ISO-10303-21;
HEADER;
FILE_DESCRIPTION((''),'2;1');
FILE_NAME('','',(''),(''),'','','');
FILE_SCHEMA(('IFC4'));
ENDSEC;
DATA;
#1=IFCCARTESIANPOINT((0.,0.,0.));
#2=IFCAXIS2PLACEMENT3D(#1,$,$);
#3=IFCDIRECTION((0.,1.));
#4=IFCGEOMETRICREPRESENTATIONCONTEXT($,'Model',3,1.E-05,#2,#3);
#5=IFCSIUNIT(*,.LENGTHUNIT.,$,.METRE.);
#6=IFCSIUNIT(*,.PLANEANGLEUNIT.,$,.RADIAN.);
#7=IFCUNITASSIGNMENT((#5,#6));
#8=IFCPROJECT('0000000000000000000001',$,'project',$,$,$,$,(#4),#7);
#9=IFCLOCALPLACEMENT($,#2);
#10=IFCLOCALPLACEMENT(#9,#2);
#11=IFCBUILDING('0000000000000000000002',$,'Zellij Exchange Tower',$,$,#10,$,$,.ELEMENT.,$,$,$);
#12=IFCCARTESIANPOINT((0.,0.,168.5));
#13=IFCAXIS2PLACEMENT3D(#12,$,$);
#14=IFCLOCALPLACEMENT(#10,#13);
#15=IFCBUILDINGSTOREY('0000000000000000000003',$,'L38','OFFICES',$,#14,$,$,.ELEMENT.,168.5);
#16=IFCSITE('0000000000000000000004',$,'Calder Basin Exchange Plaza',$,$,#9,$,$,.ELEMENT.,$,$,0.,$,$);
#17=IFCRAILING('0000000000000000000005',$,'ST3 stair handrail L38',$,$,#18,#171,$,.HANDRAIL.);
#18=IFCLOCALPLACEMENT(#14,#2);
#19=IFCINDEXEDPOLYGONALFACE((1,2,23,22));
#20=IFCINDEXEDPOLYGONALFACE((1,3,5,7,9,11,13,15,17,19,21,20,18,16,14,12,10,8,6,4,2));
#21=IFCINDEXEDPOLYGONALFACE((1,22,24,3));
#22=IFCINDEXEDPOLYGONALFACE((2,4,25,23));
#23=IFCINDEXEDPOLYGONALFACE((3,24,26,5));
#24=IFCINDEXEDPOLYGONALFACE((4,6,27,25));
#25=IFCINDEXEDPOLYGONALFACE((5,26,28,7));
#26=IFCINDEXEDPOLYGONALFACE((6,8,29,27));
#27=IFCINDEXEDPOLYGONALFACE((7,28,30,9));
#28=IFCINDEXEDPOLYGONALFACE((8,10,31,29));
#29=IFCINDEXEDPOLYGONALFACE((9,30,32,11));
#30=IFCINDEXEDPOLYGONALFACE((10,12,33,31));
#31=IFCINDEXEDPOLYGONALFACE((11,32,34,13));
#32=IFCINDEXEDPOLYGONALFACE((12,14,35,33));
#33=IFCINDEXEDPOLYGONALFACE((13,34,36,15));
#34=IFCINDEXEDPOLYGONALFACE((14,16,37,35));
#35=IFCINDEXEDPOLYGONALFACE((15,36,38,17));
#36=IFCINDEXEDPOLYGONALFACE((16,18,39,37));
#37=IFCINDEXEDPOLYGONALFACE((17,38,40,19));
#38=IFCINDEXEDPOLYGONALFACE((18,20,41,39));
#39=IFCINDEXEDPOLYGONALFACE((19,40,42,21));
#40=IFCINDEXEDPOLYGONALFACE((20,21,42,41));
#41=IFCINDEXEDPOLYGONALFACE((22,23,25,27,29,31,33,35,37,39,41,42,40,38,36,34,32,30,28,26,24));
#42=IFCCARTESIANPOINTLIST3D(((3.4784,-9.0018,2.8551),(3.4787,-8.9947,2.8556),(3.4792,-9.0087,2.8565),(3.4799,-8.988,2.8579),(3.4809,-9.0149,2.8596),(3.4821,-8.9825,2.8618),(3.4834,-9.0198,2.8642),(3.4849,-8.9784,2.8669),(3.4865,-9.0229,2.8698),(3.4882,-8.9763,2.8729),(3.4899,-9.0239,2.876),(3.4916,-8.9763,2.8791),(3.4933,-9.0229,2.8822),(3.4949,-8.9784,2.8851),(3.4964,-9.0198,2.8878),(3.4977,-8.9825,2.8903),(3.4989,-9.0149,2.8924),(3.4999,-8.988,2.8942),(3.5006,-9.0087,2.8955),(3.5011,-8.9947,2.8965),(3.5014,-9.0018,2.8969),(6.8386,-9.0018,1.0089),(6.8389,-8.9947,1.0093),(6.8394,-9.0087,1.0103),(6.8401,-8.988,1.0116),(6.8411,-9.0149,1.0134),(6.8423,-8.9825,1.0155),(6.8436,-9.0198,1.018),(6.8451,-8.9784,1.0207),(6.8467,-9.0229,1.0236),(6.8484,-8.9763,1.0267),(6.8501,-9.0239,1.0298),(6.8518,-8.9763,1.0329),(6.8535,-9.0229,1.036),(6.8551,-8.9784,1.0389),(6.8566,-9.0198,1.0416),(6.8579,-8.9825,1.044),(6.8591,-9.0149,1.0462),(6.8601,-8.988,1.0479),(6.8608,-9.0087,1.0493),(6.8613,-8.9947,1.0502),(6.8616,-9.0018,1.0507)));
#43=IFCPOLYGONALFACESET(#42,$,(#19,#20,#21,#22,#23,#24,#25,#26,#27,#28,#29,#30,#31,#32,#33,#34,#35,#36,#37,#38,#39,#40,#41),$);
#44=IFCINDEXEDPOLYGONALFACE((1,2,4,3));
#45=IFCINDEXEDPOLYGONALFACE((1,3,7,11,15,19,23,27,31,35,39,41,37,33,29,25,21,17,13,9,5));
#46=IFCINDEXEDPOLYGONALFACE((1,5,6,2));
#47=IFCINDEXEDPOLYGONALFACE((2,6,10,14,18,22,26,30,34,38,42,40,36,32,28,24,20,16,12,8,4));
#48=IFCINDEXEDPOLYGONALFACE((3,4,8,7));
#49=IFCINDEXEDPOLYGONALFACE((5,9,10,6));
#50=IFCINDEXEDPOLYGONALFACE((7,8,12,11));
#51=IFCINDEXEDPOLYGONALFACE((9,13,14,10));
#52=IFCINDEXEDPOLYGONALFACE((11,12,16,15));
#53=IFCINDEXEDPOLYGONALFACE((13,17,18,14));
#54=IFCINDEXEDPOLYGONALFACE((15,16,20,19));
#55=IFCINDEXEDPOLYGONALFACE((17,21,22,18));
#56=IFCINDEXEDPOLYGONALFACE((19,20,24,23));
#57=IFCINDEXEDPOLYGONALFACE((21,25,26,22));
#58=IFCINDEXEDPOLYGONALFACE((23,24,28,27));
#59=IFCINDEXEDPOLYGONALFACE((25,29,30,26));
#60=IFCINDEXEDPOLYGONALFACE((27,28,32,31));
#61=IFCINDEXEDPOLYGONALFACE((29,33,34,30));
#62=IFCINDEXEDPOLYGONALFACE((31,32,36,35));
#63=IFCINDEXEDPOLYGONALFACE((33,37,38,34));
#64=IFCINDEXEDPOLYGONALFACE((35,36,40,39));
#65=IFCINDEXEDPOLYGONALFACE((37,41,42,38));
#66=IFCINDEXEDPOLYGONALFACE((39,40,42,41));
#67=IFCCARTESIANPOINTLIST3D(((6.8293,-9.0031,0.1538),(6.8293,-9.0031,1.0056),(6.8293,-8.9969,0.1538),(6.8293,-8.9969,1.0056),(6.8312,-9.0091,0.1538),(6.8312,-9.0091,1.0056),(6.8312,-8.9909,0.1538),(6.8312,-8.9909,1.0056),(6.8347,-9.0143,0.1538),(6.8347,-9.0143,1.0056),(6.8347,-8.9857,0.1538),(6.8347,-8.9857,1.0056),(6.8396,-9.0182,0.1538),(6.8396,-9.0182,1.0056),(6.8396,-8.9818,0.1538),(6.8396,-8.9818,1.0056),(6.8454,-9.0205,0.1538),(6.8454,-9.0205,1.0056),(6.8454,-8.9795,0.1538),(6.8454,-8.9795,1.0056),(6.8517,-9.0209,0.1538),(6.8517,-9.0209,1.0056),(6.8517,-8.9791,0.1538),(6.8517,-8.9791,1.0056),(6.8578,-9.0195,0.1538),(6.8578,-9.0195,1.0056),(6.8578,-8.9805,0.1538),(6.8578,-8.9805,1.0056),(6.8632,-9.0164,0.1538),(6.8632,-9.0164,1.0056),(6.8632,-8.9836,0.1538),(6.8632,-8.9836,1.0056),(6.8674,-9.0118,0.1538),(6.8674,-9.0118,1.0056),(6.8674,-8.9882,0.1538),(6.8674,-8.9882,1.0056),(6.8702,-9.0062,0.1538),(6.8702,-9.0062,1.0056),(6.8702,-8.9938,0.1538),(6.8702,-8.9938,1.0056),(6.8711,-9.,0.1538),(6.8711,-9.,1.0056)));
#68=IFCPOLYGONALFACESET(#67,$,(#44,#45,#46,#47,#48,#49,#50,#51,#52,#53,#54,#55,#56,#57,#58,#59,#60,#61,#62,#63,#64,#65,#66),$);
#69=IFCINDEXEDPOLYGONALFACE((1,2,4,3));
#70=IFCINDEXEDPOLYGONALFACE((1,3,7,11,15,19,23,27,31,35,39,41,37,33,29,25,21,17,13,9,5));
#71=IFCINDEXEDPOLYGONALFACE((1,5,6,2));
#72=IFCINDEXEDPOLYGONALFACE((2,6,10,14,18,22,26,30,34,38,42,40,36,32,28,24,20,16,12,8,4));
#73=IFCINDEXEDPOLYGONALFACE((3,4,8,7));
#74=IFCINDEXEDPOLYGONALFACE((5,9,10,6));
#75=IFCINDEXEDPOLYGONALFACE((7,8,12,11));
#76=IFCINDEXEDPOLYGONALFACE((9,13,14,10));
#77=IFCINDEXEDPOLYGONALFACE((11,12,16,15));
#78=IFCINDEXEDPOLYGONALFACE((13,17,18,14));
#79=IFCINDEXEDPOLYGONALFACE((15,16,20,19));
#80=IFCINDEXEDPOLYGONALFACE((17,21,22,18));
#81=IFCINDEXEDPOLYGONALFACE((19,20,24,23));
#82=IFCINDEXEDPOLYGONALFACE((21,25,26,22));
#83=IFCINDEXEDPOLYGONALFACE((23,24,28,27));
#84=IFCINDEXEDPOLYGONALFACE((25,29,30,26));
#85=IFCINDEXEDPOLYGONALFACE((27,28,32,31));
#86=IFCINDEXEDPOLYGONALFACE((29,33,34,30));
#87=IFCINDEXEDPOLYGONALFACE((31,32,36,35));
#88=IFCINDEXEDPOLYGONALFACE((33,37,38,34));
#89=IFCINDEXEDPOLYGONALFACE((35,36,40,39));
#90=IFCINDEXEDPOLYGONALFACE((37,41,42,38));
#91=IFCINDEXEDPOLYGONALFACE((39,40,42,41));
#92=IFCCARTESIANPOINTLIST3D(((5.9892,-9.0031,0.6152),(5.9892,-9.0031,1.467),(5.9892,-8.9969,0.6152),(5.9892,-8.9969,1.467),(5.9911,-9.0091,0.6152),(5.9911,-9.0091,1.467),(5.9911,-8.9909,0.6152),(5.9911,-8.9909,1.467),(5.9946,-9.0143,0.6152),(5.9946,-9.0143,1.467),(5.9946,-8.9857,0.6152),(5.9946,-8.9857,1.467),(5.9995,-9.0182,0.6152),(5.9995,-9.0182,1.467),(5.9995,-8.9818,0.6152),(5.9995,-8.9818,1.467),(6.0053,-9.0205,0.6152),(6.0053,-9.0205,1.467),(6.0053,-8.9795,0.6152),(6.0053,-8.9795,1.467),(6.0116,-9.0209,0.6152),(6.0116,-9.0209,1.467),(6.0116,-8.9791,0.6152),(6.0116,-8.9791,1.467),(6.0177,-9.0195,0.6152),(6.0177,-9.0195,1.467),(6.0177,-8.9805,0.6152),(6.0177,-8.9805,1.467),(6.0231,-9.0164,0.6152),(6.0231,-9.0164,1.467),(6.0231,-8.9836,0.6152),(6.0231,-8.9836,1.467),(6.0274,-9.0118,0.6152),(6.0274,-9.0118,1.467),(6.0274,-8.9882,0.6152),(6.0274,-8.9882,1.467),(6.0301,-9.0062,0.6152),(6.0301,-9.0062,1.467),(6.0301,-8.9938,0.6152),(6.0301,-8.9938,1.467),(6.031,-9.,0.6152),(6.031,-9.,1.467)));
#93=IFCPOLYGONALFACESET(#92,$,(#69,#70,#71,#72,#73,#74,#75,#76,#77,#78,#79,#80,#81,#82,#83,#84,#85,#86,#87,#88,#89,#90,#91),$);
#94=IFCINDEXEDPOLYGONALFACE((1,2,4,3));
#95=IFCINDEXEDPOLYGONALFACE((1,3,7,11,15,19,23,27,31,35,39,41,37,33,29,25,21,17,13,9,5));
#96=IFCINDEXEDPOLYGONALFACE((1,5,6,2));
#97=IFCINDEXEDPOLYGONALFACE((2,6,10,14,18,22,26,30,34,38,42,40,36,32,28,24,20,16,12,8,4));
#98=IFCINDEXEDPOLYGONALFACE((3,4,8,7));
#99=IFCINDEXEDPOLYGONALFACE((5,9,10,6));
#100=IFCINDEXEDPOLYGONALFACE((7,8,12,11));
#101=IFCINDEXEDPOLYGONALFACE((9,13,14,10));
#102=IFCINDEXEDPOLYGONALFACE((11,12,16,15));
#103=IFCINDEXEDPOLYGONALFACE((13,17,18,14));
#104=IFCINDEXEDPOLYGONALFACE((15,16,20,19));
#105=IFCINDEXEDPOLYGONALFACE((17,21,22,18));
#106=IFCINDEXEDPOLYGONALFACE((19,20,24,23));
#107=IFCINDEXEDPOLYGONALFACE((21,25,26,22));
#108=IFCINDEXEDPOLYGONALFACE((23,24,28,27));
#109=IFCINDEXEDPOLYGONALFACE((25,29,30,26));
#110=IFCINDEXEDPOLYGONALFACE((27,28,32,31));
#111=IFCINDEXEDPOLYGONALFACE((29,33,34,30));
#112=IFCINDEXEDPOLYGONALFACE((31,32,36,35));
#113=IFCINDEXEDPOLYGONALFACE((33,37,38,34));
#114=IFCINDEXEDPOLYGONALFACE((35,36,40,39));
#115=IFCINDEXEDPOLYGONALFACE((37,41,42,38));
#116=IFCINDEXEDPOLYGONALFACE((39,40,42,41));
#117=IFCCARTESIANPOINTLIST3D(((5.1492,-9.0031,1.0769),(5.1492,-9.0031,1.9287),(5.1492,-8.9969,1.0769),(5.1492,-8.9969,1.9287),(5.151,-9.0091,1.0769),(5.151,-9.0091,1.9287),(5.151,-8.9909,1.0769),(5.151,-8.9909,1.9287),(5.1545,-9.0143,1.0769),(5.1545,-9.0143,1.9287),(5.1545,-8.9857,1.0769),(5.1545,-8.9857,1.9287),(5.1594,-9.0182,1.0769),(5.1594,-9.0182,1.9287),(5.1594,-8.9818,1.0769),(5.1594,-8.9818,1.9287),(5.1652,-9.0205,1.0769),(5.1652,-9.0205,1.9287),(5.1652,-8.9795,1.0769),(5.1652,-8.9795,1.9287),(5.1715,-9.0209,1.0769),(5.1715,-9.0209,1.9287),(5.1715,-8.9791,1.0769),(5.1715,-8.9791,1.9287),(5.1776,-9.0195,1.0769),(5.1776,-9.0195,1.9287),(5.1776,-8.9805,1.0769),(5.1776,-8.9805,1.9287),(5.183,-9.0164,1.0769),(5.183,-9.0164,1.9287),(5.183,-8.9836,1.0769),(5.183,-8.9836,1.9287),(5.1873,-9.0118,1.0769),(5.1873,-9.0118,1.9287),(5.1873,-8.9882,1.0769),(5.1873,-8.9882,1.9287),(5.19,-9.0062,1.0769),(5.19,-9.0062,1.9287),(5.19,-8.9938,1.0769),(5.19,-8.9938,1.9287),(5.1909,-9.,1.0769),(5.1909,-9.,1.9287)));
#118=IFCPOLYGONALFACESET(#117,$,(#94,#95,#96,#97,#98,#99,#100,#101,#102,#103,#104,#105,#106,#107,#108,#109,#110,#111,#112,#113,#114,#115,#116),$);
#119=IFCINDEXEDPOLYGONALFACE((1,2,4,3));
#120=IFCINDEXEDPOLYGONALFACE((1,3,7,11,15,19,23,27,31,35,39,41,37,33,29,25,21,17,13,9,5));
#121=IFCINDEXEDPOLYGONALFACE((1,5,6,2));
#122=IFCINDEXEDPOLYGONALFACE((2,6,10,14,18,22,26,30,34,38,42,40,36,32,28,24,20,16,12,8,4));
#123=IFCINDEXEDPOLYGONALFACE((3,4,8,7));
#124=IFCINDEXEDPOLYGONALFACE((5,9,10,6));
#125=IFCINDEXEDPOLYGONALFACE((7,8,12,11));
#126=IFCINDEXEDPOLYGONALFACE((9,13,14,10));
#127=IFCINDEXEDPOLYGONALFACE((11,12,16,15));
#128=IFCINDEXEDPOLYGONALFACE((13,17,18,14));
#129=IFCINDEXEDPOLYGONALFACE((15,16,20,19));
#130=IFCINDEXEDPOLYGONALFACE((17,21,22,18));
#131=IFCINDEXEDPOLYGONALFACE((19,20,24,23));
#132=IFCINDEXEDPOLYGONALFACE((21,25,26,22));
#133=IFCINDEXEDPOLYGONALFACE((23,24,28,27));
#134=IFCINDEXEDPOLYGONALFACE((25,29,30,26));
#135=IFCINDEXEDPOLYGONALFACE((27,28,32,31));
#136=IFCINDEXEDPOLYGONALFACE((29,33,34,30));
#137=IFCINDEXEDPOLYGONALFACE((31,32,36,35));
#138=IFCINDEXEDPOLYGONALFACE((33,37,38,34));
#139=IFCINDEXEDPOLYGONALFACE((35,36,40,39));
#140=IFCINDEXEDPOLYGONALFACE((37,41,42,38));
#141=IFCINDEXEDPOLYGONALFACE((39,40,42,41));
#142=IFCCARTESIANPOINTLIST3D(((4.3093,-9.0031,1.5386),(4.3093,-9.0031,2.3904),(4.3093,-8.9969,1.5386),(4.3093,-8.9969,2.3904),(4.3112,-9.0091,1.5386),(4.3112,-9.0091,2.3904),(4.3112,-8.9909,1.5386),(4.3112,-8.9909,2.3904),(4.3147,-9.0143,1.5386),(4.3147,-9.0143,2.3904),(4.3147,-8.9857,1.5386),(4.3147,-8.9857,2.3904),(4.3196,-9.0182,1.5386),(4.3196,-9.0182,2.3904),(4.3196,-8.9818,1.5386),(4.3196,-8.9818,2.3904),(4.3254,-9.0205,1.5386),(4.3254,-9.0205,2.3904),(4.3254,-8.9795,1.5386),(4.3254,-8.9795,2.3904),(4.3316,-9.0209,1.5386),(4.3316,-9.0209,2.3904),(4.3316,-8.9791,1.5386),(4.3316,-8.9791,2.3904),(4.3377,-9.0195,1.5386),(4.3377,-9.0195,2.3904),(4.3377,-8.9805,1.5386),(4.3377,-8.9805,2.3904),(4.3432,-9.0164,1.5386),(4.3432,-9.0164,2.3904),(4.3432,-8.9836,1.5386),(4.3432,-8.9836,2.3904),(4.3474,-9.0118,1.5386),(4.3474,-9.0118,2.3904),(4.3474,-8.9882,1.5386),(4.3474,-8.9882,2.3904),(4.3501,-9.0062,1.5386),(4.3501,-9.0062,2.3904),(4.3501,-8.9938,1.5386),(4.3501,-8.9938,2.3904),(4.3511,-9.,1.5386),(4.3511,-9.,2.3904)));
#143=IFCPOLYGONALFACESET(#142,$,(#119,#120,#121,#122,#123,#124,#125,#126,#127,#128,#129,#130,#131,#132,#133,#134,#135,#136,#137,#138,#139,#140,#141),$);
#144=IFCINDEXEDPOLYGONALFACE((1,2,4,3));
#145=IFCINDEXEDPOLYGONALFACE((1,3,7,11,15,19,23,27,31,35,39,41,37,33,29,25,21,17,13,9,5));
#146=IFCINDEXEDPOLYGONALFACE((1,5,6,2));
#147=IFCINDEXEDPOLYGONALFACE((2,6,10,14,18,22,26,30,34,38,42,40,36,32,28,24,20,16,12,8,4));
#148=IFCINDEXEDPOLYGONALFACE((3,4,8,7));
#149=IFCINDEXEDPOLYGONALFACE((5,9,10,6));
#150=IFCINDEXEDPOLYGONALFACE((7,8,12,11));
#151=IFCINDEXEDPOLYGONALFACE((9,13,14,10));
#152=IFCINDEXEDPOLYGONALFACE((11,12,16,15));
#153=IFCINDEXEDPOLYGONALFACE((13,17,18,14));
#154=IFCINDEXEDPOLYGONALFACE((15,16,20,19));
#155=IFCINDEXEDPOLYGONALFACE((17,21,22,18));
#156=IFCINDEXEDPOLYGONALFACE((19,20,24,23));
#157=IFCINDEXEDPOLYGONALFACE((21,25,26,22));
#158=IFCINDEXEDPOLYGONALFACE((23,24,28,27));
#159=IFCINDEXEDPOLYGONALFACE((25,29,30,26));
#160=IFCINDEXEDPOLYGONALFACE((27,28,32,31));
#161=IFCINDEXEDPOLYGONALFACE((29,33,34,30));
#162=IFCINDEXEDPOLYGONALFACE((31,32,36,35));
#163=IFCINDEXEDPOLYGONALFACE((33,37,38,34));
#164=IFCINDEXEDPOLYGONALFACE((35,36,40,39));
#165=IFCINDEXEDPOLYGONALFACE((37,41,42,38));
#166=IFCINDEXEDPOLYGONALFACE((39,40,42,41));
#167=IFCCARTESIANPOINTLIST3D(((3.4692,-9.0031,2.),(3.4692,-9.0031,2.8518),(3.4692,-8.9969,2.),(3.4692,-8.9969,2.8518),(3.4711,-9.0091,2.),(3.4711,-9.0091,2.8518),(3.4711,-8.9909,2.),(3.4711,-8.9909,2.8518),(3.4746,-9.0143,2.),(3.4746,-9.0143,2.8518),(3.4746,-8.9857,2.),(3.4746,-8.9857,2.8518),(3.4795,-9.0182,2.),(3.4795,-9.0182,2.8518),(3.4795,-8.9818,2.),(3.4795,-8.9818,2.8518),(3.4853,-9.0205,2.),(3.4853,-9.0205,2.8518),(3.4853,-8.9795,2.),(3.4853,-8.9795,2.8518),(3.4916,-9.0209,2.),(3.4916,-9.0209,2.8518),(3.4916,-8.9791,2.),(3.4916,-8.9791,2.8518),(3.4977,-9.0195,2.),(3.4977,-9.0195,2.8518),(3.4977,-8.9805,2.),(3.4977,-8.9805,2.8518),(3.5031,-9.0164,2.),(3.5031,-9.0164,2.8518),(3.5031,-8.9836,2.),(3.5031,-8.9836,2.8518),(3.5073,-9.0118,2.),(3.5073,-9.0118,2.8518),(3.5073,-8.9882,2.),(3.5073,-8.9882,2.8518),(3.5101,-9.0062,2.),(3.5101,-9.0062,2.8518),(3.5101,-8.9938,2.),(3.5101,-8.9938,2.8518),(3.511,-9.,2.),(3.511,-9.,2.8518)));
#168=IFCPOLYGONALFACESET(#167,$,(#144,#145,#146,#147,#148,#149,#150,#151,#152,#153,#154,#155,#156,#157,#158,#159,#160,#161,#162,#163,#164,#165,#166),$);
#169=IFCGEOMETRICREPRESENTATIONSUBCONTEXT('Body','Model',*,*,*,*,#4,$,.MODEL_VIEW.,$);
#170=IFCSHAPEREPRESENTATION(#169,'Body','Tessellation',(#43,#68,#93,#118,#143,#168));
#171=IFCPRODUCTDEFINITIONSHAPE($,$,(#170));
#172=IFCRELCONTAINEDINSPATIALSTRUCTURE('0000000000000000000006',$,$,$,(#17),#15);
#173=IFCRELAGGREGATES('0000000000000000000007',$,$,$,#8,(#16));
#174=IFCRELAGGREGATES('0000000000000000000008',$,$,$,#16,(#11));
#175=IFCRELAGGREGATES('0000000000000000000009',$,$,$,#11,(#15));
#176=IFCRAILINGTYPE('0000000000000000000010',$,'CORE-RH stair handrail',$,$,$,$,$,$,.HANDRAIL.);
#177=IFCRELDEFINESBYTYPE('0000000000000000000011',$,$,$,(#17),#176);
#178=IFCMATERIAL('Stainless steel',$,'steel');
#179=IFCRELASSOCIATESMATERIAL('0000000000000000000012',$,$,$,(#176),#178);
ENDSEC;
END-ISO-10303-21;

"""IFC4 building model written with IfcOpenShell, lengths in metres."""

from ifc_helpers import new_model, si_unit, direction, frame, origin, origin_2d, place, context, subcontext, project, spatial, circle, extrude, material, type_object, element, save


model = new_model("IFC4")

# Units and contexts
model_context = context("Model", 3, precision=1e-05, world=origin(), true_north=direction((0.0, 1.0)))
body_context = subcontext(model_context, "Body", "Model", "MODEL_VIEW")
ifc_project = project(units=[si_unit("LENGTHUNIT", "METRE"), si_unit("PLANEANGLEUNIT", "RADIAN")], contexts=[model_context])

# Site, building, storey
site_placement = place(None, origin())
site = spatial("IfcSite", under=ifc_project, at=site_placement, Name="Calder Basin Exchange Plaza", CompositionType="ELEMENT", RefElevation=0.0)
building_placement = place(site_placement, origin())
building = spatial("IfcBuilding", under=site, at=building_placement, Name="Zellij Exchange Tower", CompositionType="ELEMENT")
storey_placement = place(building_placement, frame((0.0, 0.0, 168.5)))
storey = spatial("IfcBuildingStorey", under=building, at=storey_placement, Name="L38", Description="OFFICES", CompositionType="ELEMENT", Elevation=168.5)

# Railing
ifc_material_1 = material(Name="Stainless steel", Category="steel")
railing_type_1 = type_object("IfcRailingType", Name="CORE-RH stair handrail", PredefinedType="HANDRAIL", material=ifc_material_1)
railing_1_placement = place(storey_placement, frame((6.8501, -9.0, 0.1538)))
element("IfcRailing", 1, at=railing_1_placement, inside=storey, type_object=railing_type_1, Name="ST3 stair handrail L38", PredefinedType="HANDRAIL", context=body_context, shape_type="SweptSolid", body=[
    extrude(circle(Radius=0.0239, at=origin_2d()), frame((0.0, 0.0, 0.876), z_axis=(-0.876422, 0.0, 0.481545), x_axis=(0.0, -1.0, 0.0)), (0.0, 0.0, 1.0), 3.834),
    extrude(circle(Radius=0.021, at=origin_2d()), origin(), (0.0, 0.0, 1.0), 0.8518),
    extrude(circle(Radius=0.021, at=origin_2d()), frame((-0.8401, 0.0, 0.4614)), (0.0, 0.0, 1.0), 0.8518),
    extrude(circle(Radius=0.021, at=origin_2d()), frame((-1.6802, 0.0, 0.9231)), (0.0, 0.0, 1.0), 0.8518),
    extrude(circle(Radius=0.021, at=origin_2d()), frame((-2.52, 0.0, 1.3848)), (0.0, 0.0, 1.0), 0.8518),
    extrude(circle(Radius=0.021, at=origin_2d()), frame((-3.3601, 0.0, 1.8462)), (0.0, 0.0, 1.0), 0.8518),
])

save(model, "model.ifc")
